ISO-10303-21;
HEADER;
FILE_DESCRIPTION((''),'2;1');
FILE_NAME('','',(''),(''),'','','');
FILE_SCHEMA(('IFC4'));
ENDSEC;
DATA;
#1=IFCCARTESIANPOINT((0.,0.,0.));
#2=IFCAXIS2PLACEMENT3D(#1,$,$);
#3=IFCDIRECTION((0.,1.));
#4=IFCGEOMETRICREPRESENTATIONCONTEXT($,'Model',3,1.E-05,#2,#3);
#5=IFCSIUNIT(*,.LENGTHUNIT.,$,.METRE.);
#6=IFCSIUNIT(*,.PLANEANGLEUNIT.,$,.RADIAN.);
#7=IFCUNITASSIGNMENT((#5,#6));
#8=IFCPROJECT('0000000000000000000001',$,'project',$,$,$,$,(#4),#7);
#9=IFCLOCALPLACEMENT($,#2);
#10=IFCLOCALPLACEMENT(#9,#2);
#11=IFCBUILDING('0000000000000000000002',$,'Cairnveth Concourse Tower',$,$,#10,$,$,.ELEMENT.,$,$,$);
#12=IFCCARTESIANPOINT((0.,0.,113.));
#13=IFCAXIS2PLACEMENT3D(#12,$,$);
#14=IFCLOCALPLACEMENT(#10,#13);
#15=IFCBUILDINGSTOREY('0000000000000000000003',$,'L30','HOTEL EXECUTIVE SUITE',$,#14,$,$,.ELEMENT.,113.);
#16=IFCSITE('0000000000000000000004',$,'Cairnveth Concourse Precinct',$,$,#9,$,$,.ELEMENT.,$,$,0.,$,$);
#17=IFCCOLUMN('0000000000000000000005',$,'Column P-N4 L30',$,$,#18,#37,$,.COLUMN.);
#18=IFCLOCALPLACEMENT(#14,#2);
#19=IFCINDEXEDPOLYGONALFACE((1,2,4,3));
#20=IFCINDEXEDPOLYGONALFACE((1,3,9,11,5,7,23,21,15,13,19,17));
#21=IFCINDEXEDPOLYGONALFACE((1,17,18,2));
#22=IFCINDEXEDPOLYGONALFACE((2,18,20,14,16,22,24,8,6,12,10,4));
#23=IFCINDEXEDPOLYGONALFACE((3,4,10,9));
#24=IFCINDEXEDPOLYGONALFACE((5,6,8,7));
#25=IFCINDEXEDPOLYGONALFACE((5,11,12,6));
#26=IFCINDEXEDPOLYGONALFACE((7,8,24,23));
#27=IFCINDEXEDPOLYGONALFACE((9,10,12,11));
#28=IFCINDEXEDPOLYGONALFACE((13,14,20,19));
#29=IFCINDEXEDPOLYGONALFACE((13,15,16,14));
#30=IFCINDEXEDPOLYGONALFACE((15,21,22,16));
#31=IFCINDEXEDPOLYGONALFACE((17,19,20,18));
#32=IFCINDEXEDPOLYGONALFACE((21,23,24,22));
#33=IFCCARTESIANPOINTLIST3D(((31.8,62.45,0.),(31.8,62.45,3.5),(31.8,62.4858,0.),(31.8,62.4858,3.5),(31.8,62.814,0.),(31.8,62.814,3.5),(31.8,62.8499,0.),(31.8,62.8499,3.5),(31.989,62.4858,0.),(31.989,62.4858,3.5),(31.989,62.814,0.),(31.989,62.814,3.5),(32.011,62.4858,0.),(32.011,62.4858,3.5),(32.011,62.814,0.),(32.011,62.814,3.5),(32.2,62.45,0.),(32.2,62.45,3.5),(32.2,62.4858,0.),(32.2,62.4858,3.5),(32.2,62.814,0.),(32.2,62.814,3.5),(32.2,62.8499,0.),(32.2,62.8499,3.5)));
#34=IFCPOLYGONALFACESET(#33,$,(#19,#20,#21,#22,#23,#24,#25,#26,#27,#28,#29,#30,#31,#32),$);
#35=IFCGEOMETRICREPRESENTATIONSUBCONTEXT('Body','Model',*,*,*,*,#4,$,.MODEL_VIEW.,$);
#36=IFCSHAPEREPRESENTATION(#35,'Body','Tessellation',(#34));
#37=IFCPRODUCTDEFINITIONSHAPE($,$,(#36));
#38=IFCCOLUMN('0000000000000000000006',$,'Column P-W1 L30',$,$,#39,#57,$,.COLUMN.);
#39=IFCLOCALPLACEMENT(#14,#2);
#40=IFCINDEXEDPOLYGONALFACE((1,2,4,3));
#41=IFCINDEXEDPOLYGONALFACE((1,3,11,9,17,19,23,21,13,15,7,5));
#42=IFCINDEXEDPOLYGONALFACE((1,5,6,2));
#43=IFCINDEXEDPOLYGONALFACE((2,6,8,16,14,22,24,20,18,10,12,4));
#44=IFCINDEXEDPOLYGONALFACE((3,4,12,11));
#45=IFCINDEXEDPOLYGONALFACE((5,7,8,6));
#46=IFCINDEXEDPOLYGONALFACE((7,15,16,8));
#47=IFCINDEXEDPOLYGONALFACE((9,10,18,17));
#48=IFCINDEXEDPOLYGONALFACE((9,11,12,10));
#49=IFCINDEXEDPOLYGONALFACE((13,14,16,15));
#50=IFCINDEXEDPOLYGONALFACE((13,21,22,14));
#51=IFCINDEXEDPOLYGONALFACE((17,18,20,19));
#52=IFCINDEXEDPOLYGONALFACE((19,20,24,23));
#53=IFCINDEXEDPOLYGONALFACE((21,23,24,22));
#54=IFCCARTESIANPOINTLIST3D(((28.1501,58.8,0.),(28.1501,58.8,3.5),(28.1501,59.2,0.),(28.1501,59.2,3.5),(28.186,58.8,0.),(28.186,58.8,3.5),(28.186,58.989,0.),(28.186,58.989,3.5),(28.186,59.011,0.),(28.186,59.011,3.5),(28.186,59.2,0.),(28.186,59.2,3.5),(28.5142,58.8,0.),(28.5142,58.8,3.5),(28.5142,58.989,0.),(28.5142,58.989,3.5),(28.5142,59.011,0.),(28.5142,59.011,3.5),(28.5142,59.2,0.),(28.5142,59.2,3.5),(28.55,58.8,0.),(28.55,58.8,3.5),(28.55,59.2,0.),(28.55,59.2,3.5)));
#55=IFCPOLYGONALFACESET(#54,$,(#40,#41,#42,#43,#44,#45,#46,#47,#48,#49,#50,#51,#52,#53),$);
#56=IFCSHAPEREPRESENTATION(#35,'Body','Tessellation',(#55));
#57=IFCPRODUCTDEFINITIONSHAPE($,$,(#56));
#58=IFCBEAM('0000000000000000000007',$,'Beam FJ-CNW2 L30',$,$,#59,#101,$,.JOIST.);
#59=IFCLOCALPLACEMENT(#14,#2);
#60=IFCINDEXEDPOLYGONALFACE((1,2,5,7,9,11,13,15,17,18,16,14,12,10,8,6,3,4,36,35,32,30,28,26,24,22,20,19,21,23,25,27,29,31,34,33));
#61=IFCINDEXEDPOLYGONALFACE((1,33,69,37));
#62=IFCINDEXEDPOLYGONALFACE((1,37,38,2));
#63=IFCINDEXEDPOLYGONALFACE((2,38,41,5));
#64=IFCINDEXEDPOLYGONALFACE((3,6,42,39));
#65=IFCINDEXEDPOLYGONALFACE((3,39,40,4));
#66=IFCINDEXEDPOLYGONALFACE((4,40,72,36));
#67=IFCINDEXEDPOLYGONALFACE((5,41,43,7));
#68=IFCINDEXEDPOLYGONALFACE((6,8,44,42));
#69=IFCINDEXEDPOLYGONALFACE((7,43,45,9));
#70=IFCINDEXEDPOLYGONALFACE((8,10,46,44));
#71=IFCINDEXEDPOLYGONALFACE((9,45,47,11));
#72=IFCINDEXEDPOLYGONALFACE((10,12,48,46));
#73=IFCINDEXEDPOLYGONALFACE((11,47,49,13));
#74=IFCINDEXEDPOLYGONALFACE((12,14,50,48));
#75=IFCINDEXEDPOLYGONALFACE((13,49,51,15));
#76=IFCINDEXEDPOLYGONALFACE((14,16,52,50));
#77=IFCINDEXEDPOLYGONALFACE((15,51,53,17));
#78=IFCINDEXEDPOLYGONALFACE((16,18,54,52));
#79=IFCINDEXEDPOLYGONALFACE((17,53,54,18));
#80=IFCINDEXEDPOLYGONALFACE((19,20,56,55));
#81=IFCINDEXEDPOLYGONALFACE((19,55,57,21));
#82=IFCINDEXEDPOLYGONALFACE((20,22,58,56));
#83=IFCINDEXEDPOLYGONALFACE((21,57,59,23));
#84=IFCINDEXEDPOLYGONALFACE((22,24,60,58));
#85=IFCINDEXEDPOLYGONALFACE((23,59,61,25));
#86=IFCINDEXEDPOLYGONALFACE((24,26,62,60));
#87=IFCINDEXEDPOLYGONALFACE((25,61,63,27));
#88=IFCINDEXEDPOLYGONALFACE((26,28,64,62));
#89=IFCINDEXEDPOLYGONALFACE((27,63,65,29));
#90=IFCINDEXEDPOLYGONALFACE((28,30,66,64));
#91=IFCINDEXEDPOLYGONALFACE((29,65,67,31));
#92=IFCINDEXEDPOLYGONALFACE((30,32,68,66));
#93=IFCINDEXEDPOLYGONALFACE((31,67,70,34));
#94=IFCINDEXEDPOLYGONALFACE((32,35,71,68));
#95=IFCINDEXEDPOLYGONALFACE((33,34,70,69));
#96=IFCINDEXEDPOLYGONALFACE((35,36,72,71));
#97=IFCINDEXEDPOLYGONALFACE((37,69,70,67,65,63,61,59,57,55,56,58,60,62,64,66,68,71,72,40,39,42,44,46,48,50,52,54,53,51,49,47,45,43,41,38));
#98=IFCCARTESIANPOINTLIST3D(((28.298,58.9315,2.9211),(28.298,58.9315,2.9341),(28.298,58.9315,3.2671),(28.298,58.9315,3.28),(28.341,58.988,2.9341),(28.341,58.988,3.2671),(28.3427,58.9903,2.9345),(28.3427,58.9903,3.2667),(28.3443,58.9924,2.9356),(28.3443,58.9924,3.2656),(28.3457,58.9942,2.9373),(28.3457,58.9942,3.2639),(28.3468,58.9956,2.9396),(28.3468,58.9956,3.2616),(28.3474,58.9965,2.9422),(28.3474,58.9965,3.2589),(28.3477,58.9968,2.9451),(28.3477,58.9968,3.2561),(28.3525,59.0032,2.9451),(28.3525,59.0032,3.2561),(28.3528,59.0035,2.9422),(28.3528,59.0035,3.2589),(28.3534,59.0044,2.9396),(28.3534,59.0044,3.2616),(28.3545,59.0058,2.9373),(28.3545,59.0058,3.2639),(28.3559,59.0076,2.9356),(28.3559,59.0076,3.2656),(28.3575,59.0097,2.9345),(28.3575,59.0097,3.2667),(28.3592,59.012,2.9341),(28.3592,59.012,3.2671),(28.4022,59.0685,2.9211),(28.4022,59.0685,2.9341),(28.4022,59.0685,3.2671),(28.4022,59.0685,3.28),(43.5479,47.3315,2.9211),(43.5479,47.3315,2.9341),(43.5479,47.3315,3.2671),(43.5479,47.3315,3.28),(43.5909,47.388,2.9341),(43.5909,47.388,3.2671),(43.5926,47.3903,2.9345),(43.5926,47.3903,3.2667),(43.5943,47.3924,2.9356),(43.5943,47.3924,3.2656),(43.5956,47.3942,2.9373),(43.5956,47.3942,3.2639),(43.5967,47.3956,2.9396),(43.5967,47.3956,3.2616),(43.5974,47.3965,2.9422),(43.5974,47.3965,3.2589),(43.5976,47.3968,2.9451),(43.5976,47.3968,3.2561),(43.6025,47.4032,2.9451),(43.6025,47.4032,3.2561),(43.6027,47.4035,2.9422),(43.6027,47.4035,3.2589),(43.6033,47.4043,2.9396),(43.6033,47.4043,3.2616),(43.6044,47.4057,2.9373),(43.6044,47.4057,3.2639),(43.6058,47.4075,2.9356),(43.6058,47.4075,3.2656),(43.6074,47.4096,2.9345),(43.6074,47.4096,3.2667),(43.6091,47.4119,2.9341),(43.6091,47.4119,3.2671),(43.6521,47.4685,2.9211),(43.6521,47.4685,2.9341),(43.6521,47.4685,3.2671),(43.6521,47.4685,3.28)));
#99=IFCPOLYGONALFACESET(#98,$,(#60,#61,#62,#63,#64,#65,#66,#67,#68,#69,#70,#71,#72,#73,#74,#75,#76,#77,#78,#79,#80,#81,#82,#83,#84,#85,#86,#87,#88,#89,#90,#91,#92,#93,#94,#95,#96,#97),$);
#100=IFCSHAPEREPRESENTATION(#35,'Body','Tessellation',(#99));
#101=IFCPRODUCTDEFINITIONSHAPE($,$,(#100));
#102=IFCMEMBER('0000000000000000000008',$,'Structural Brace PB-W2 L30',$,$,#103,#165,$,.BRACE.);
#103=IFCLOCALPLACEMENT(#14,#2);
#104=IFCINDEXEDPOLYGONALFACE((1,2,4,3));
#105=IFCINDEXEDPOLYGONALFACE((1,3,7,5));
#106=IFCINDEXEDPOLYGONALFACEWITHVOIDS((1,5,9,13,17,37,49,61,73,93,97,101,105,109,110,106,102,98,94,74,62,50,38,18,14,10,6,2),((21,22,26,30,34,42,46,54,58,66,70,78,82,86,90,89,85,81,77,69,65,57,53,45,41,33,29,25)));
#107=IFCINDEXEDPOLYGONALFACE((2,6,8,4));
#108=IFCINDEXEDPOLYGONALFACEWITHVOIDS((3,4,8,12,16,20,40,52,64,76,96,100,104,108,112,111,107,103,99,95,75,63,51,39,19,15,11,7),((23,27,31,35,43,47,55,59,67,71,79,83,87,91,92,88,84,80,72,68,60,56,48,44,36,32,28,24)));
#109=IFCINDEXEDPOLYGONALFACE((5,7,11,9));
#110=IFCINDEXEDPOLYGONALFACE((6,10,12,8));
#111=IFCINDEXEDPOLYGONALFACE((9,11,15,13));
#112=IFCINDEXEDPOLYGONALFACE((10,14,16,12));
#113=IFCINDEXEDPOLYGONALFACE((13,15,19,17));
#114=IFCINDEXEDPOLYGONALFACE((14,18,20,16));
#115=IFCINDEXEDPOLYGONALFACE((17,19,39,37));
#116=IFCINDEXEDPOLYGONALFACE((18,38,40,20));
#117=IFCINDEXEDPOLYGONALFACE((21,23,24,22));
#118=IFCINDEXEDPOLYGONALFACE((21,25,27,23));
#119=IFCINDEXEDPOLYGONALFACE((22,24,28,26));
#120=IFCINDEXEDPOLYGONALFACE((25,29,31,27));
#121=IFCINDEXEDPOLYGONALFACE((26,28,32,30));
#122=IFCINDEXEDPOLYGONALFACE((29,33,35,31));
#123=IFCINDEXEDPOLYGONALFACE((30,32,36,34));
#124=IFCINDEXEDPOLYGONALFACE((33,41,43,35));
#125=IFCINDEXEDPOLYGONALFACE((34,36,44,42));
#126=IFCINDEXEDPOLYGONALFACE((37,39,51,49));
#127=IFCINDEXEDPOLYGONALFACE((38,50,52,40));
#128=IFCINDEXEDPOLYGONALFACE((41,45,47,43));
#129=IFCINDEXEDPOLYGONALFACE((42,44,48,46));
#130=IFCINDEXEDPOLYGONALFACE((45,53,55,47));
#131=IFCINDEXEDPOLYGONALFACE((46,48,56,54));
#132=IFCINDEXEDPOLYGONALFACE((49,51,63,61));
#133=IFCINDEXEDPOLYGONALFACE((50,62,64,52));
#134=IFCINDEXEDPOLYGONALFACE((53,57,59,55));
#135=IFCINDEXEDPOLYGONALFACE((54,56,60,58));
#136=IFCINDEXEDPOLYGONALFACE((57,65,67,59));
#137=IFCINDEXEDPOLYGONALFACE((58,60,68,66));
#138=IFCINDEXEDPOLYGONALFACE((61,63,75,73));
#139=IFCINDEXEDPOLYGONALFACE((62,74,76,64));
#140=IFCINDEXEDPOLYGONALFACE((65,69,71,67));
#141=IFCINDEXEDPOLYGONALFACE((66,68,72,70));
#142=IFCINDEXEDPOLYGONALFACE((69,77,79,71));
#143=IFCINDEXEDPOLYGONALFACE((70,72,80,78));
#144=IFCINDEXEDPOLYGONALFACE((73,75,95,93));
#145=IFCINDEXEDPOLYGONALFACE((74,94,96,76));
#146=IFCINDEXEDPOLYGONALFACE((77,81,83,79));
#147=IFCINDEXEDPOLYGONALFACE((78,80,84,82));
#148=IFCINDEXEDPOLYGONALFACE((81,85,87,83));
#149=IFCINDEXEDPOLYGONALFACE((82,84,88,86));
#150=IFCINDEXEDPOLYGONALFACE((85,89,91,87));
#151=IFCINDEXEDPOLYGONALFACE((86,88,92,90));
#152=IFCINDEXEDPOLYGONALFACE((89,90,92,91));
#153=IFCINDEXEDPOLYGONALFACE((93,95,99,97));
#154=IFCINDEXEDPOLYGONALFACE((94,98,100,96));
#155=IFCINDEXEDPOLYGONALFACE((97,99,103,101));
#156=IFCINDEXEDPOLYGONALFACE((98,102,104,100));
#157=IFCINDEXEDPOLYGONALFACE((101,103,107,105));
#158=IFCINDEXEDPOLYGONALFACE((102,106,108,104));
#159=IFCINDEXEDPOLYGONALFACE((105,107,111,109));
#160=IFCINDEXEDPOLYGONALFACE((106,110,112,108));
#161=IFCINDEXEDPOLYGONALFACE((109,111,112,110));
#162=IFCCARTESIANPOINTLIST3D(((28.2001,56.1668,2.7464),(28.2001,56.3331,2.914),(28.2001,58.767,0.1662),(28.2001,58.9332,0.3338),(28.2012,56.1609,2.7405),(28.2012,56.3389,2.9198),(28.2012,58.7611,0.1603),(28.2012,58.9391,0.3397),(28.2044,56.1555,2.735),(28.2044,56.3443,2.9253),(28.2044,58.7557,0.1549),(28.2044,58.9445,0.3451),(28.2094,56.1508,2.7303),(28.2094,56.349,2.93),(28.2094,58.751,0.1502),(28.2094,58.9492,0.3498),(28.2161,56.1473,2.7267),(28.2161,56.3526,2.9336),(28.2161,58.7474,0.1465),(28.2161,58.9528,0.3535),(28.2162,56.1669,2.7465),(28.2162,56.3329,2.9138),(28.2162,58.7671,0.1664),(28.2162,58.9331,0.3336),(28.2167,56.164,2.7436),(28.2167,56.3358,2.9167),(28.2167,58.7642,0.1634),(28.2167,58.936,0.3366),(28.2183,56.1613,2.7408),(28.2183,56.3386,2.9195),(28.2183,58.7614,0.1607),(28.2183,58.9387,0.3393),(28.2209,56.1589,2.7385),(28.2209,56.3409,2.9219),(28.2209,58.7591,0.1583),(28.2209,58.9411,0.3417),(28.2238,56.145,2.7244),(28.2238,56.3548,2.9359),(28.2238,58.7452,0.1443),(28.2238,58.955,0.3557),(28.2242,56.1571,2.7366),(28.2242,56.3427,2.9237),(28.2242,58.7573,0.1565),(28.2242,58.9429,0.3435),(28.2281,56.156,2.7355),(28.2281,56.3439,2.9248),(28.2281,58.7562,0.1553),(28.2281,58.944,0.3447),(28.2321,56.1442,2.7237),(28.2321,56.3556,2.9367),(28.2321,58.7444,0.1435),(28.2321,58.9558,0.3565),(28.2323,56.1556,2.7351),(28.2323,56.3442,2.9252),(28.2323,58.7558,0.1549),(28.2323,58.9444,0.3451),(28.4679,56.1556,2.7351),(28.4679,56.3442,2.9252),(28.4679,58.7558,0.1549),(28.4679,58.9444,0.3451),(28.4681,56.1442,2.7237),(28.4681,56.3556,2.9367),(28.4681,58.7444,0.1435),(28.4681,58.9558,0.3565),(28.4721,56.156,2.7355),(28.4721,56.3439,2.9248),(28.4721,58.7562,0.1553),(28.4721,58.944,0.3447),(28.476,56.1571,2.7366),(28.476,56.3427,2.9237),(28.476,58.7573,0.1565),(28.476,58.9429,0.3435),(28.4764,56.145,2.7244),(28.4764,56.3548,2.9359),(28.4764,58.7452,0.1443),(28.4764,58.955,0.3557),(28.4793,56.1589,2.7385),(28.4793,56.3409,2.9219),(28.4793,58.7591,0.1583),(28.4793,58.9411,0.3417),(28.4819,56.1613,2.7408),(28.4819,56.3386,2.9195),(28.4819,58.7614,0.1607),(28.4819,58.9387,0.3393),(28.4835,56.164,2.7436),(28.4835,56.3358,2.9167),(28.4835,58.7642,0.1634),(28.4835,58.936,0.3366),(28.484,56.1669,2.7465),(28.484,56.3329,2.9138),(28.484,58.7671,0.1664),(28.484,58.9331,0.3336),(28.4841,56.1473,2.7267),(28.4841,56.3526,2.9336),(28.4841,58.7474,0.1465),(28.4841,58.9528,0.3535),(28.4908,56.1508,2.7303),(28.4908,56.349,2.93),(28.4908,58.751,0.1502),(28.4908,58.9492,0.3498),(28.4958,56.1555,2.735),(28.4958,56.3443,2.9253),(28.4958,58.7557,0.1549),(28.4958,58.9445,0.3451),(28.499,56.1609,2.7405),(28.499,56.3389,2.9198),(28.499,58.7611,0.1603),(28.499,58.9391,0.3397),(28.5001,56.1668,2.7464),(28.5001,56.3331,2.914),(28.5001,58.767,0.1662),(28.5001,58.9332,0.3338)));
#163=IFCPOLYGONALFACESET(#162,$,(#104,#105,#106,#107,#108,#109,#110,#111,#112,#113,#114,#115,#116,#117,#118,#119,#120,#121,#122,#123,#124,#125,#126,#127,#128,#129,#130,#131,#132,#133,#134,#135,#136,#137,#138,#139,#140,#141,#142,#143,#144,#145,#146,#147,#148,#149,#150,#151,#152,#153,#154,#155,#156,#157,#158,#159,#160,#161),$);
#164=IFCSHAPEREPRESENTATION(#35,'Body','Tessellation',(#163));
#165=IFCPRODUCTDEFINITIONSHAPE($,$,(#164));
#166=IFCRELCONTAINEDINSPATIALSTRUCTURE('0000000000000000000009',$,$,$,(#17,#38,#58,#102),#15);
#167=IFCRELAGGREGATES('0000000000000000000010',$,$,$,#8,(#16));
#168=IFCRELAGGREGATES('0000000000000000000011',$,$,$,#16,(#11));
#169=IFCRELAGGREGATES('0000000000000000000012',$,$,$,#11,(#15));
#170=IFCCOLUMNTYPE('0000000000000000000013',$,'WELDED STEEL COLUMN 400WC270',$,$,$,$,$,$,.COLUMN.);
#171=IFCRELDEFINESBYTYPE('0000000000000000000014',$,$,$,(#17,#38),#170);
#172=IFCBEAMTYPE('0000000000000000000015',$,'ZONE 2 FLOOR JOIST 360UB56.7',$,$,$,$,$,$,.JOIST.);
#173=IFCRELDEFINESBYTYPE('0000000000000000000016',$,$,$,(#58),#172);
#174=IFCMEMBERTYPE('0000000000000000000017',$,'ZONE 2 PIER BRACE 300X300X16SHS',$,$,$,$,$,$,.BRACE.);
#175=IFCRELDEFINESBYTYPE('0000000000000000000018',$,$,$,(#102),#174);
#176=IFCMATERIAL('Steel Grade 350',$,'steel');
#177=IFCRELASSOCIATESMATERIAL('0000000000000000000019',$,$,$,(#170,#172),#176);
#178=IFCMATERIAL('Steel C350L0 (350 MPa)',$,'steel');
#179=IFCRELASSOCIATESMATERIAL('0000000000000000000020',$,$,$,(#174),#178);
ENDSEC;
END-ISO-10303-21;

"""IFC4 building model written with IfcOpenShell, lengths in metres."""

from ifc_helpers import new_model, si_unit, direction, frame, origin, origin_2d, place, context, subcontext, project, spatial, hollow_rectangle, i_section, extrude, material, material_profile, profile_set, type_object, element, save


model = new_model("IFC4")

# Units and contexts
model_context = context("Model", 3, precision=1e-05, world=origin(), true_north=direction((0.0, 1.0)))
body_context = subcontext(model_context, "Body", "Model", "MODEL_VIEW")
ifc_project = project(units=[si_unit("LENGTHUNIT", "METRE"), si_unit("PLANEANGLEUNIT", "RADIAN")], contexts=[model_context])

# Site, building, storey
site_placement = place(None, origin())
site = spatial("IfcSite", under=ifc_project, at=site_placement, Name="Cairnveth Concourse Precinct", CompositionType="ELEMENT", RefElevation=0.0)
building_placement = place(site_placement, origin())
building = spatial("IfcBuilding", under=site, at=building_placement, Name="Cairnveth Concourse Tower", CompositionType="ELEMENT")
storey_placement = place(building_placement, frame((0.0, 0.0, 113.0)))
storey = spatial("IfcBuildingStorey", under=building, at=storey_placement, Name="L30", Description="HOTEL EXECUTIVE SUITE", CompositionType="ELEMENT", Elevation=113.0)

# Columns
ifc_material_1 = material(Name="Steel Grade 350", Category="steel")
ifc_material_profile_1 = material_profile(ifc_material_1, i_section(OverallWidth=0.3999, OverallDepth=0.3999, WebThickness=0.022, FlangeThickness=0.0359, at=origin_2d()), Name="400WC270")
ifc_profile_set_1 = profile_set([ifc_material_profile_1], Name="Steel Grade 350")
column_type = type_object("IfcColumnType", Name="WELDED STEEL COLUMN 400WC270", PredefinedType="COLUMN", material=ifc_profile_set_1)
for number, where, z_axis, x_axis, name in (
    (1, (32.0, 62.6499, 0.0), (0.0, 0.0, 1.0), (1.0, 0.0, 0.0), "Column P-N4 L30"),
    (2, (28.3501, 59.0, 0.0), (0.0, 0.0, 1.0), (0.0, 1.0, 0.0), "Column P-W1 L30"),
):
    element("IfcColumn", number, at=place(storey_placement, frame(where, z_axis=z_axis, x_axis=x_axis)), inside=storey, type_object=column_type, Name=name, PredefinedType="COLUMN", context=body_context, shape_type="SweptSolid", body=[
        extrude(i_section(OverallWidth=0.3999, OverallDepth=0.3999, WebThickness=0.022, FlangeThickness=0.0359, at=origin_2d()), origin(), (0.0, 0.0, 1.0), 3.5),
    ])

# Beam
ifc_material_profile_2 = material_profile(ifc_material_1, i_section(OverallWidth=0.1721, OverallDepth=0.3589, WebThickness=0.0081, FlangeThickness=0.0129, FilletRadius=0.011, at=origin_2d()), Name="360UB56.7")
ifc_profile_set_2 = profile_set([ifc_material_profile_2], Name="Steel Grade 350")
beam_type_1 = type_object("IfcBeamType", Name="ZONE 2 FLOOR JOIST 360UB56.7", PredefinedType="JOIST", material=ifc_profile_set_2)
beam_1_placement = place(storey_placement, frame((28.3501, 59.0, 3.1006), z_axis=(0.795908, -0.605417, 0.0), x_axis=(0.605417, 0.795908, 0.0)))
element("IfcBeam", 3, at=beam_1_placement, inside=storey, type_object=beam_type_1, Name="Beam FJ-CNW2 L30", PredefinedType="JOIST", context=body_context, shape_type="SweptSolid", body=[
    extrude(i_section(OverallWidth=0.1721, OverallDepth=0.3589, WebThickness=0.0081, FlangeThickness=0.0129, FilletRadius=0.011, at=origin_2d()), origin(), (0.0, 0.0, 1.0), 19.1604),
])

# Member
ifc_material_2 = material(Name="Steel C350L0 (350 MPa)", Category="steel")
ifc_material_profile_3 = material_profile(ifc_material_2, hollow_rectangle(XDim=0.3, YDim=0.3, WallThickness=0.0161, InnerFilletRadius=0.0161, OuterFilletRadius=0.032, at=origin_2d()), Name="300x300x16.0SHS")
ifc_profile_set_3 = profile_set([ifc_material_profile_3], Name="Steel C350L0 (350 MPa)")
member_type = type_object("IfcMemberType", Name="ZONE 2 PIER BRACE 300X300X16SHS", PredefinedType="BRACE", material=ifc_profile_set_3)
member_placement = place(storey_placement, frame((28.3501, 58.8501, 0.25), z_axis=(0.0, -0.709834, 0.704369), x_axis=(1.0, 0.0, 0.0)))
element("IfcMember", 4, at=member_placement, inside=storey, type_object=member_type, Name="Structural Brace PB-W2 L30", PredefinedType="BRACE", context=body_context, shape_type="SweptSolid", body=[
    extrude(hollow_rectangle(XDim=0.3, YDim=0.3, WallThickness=0.0161, InnerFilletRadius=0.0161, OuterFilletRadius=0.032, at=origin_2d()), origin(), (0.0, 0.0, 1.0), 3.6631),
])

save(model, "model.ifc")
